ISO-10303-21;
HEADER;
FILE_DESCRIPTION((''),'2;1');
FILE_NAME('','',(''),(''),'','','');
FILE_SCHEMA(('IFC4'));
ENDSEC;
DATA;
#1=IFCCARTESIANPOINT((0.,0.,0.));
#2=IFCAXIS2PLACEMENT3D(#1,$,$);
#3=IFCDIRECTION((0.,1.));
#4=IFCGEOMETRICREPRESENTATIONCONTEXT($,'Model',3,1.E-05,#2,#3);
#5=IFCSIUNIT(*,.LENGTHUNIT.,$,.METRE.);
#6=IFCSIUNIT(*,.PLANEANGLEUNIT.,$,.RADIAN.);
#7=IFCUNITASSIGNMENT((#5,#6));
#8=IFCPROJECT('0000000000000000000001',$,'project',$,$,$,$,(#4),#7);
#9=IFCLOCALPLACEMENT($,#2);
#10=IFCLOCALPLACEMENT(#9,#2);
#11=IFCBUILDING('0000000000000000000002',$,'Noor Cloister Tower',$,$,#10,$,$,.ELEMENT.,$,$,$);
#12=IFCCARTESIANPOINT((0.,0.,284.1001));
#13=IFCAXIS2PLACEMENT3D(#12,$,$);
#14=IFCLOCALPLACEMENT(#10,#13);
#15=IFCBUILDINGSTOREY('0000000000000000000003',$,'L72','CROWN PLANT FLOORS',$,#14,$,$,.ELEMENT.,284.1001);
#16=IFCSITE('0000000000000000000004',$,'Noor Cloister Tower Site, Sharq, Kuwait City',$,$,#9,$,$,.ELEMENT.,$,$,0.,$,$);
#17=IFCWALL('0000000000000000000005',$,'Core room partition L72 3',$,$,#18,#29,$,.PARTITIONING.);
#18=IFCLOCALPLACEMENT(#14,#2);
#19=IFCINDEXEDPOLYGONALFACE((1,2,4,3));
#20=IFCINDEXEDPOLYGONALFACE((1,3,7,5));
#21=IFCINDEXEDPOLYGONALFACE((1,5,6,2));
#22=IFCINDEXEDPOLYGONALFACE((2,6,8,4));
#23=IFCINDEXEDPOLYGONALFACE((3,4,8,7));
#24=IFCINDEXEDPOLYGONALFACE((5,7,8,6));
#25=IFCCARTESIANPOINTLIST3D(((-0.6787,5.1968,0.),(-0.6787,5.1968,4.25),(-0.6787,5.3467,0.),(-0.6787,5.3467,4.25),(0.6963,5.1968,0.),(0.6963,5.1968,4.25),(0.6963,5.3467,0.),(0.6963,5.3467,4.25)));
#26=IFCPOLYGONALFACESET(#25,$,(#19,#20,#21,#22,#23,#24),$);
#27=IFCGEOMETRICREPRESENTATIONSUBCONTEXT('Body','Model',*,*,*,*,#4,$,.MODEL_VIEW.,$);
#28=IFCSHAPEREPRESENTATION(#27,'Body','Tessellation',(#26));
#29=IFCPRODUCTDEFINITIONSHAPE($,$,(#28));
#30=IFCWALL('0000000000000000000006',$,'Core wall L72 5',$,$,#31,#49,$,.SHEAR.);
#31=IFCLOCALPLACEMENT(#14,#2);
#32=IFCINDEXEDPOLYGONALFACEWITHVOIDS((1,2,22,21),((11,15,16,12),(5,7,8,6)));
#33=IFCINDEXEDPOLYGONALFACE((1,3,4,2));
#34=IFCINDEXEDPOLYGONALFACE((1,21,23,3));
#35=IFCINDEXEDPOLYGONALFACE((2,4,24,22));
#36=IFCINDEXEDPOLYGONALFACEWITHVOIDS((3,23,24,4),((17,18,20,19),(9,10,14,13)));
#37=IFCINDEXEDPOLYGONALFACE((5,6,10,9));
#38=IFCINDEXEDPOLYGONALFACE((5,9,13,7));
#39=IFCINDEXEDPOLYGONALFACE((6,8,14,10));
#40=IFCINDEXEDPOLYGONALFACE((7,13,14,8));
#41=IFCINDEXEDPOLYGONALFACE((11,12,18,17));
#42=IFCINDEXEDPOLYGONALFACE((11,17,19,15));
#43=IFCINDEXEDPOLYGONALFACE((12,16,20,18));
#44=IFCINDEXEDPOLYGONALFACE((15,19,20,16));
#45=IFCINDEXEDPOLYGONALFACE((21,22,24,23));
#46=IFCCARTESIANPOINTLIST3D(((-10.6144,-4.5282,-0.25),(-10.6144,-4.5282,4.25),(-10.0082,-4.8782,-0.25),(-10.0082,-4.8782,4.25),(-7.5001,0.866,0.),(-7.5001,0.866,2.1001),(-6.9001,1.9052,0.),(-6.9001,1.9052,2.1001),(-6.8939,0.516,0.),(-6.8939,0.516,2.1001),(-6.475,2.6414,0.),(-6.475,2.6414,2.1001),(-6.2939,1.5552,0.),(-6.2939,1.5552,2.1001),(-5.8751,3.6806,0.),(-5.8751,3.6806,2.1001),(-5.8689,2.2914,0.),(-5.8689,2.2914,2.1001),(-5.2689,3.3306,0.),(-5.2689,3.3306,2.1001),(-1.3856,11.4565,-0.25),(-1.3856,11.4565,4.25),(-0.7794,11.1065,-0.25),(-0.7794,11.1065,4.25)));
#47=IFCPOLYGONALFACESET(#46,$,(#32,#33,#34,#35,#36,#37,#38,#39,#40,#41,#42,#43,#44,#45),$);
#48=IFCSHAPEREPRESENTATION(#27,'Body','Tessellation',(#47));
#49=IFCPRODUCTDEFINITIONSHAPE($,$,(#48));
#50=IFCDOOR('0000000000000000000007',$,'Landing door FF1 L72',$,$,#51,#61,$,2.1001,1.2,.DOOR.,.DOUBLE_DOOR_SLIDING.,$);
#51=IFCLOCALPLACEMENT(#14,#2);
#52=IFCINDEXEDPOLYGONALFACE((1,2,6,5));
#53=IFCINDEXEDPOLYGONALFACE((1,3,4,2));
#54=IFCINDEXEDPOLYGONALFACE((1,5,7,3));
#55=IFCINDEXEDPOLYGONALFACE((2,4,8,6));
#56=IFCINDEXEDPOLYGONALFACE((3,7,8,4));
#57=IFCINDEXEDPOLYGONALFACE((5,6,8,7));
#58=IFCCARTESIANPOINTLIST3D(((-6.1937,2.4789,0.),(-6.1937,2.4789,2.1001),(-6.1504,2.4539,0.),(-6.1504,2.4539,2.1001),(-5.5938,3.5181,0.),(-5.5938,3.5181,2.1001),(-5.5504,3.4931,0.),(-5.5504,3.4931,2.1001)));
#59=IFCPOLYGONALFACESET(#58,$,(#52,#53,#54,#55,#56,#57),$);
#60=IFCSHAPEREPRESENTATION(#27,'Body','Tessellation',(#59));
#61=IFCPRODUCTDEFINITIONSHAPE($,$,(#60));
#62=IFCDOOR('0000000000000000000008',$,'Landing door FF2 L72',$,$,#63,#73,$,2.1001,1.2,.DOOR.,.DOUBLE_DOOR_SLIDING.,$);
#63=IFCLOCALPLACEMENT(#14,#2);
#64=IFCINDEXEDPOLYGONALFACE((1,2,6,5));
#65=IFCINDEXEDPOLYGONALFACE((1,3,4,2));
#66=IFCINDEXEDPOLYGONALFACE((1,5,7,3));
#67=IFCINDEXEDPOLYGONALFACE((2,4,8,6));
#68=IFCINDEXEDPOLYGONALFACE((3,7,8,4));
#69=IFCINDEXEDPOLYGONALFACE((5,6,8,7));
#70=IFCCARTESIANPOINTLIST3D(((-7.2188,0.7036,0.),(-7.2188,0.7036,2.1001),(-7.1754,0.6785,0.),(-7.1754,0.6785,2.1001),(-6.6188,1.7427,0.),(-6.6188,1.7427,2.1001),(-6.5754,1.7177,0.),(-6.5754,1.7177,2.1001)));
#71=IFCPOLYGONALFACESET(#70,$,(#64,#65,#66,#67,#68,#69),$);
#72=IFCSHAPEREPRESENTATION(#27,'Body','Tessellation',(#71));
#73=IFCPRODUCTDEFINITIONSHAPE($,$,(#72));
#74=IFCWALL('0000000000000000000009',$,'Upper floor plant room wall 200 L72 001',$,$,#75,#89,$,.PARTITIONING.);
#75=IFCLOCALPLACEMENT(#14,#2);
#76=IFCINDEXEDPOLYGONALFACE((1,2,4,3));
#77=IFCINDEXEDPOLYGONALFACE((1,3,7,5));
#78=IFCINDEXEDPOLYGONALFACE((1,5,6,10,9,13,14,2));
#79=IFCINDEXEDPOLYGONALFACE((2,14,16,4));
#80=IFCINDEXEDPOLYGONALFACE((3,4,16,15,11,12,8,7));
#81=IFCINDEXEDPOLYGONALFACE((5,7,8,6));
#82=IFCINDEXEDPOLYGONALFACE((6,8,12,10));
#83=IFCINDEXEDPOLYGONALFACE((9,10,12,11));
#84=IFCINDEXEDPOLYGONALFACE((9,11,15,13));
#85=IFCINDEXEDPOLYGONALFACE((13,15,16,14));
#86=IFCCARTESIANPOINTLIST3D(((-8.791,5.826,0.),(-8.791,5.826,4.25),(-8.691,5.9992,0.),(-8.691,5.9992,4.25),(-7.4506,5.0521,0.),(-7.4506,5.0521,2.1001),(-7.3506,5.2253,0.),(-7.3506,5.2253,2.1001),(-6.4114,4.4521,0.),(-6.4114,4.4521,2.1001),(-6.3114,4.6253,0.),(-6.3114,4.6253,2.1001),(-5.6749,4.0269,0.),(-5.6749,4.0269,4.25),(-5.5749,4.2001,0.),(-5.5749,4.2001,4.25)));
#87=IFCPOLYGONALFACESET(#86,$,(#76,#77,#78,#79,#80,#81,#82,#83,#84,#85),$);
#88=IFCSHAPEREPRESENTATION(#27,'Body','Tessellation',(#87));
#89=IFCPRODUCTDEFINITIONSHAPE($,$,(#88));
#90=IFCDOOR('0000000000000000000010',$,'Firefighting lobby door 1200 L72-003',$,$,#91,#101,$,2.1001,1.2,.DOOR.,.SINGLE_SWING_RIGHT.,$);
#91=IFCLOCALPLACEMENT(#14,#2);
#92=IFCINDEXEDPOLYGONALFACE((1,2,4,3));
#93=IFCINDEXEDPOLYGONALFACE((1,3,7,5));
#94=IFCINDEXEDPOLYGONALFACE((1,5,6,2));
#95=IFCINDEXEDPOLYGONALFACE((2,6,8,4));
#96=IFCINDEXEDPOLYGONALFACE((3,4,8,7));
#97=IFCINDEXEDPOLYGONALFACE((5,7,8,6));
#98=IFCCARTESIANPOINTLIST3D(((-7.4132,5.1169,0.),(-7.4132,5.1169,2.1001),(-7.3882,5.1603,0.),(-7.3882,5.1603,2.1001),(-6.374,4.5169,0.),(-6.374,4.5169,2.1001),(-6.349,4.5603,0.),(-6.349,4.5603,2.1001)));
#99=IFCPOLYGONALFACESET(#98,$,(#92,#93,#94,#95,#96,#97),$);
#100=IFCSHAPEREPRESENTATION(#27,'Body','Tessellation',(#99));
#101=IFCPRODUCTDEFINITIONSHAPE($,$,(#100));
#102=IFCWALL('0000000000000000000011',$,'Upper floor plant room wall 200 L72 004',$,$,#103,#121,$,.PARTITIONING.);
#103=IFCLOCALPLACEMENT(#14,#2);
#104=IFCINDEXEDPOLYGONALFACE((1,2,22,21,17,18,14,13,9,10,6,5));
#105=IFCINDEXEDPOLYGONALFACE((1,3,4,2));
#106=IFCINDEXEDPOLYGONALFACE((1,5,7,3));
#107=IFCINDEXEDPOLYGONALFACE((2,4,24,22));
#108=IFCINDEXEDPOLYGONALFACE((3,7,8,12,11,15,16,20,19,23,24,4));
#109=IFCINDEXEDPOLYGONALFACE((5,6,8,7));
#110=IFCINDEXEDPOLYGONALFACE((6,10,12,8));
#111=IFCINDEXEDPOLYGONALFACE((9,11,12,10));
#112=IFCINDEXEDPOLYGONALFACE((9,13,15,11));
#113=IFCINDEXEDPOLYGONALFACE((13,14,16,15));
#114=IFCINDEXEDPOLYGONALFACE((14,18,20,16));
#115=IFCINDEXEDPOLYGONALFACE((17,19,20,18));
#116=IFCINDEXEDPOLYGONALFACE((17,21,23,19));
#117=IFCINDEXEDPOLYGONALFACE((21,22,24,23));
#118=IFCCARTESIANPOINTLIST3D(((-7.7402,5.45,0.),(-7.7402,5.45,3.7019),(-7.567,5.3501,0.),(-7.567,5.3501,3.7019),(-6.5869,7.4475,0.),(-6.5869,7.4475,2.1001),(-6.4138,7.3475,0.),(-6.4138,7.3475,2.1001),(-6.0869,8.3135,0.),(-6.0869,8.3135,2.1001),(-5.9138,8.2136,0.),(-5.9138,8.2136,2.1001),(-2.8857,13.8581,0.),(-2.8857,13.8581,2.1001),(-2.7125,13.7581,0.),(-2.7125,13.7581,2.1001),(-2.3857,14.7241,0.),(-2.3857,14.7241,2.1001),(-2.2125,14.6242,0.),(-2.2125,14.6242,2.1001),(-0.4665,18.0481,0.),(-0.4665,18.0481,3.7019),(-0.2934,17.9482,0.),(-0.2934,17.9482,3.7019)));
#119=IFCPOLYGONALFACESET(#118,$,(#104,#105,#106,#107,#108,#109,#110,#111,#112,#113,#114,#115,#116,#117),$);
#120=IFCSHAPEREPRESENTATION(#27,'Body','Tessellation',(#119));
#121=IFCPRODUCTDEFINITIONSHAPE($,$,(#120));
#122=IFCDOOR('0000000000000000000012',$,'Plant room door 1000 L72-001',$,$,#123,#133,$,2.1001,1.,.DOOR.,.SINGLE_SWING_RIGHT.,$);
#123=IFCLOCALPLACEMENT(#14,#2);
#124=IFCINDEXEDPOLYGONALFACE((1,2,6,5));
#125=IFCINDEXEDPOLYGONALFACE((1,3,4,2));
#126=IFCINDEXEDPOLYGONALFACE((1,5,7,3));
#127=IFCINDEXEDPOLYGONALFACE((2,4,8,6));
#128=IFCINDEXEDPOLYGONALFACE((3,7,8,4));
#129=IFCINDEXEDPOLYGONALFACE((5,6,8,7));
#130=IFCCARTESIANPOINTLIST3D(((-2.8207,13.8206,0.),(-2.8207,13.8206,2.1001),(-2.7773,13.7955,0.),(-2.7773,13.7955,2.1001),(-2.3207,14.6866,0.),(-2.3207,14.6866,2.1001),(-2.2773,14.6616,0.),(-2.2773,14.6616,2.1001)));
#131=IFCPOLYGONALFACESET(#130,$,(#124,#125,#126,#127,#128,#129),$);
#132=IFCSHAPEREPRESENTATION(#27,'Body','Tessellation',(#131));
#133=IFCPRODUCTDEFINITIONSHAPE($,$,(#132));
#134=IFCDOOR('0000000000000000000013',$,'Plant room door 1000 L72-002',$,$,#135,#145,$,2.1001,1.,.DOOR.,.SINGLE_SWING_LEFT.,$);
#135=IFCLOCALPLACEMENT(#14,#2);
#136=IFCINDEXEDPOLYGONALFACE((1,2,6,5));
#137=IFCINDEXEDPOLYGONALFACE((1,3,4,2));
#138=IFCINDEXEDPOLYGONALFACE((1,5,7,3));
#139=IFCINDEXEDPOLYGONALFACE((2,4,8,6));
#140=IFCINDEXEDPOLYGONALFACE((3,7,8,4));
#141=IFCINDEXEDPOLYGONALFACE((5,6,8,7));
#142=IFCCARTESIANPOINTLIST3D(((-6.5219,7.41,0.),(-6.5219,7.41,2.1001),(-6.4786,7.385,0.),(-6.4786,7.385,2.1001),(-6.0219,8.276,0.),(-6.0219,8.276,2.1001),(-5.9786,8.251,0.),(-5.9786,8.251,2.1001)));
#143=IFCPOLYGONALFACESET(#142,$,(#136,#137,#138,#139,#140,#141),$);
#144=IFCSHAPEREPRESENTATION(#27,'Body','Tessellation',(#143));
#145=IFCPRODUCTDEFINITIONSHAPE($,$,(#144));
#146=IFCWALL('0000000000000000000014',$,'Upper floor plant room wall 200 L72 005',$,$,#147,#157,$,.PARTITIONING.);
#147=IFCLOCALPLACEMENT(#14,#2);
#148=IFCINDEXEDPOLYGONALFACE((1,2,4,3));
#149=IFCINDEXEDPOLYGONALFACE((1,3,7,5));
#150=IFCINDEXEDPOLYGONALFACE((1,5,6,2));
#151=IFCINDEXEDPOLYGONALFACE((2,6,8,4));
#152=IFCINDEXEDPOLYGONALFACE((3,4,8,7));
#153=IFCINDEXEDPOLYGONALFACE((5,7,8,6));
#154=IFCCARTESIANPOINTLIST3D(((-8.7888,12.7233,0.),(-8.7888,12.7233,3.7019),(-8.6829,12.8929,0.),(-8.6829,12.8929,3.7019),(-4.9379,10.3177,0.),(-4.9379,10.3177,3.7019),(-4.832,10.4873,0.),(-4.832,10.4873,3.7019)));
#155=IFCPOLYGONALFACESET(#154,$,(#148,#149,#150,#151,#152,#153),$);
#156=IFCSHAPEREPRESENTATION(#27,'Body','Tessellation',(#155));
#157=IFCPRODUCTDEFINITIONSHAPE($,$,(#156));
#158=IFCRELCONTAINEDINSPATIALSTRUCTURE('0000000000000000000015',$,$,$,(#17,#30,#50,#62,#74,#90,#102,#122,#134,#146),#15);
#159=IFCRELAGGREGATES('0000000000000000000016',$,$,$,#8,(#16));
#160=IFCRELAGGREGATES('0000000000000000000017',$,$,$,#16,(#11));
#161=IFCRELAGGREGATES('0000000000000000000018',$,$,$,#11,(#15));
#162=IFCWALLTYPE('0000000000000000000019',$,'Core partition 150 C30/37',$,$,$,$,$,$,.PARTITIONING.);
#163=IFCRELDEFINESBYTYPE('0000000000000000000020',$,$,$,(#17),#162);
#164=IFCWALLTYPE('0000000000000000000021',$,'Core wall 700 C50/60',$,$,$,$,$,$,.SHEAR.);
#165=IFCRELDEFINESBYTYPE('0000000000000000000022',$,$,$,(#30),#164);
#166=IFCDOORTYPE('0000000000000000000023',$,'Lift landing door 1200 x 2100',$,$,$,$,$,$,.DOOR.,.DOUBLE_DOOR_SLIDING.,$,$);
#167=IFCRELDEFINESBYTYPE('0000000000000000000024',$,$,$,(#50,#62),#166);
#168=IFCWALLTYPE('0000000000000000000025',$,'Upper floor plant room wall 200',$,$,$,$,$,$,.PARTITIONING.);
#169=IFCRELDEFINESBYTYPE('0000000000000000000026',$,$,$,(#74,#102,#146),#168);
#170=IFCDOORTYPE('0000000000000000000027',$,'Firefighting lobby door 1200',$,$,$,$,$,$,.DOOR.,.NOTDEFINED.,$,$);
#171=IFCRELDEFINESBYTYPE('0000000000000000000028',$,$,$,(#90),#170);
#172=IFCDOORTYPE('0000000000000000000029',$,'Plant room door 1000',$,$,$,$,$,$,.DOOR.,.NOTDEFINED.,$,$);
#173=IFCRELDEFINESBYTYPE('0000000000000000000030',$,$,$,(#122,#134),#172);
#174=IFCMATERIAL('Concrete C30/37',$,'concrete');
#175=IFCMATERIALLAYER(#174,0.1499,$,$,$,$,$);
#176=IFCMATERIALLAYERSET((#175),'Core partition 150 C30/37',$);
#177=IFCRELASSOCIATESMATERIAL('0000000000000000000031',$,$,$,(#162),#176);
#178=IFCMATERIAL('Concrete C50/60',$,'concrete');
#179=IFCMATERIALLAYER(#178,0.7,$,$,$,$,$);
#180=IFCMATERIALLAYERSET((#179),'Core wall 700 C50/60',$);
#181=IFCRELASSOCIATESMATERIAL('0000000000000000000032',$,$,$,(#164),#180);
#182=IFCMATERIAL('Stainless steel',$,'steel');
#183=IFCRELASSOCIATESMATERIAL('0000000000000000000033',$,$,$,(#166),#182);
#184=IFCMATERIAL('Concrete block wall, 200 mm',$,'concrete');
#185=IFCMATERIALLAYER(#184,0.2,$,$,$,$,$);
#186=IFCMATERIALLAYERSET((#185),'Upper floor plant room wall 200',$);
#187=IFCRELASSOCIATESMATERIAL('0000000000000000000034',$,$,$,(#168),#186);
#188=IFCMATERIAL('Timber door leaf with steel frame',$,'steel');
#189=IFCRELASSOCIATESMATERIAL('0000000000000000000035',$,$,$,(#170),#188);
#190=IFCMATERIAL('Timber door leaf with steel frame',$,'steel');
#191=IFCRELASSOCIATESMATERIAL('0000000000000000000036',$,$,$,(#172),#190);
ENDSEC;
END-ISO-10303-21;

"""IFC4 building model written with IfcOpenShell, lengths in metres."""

from ifc_helpers import new_model, si_unit, direction, frame, frame_2d, origin, place, context, subcontext, project, spatial, rectangle, extrude, material, layer, layer_set, type_object, element, fill, save


model = new_model("IFC4")

# Units and contexts
model_context = context("Model", 3, precision=1e-05, world=origin(), true_north=direction((0.0, 1.0)))
body_context = subcontext(model_context, "Body", "Model", "MODEL_VIEW")
ifc_project = project(units=[si_unit("LENGTHUNIT", "METRE"), si_unit("PLANEANGLEUNIT", "RADIAN")], contexts=[model_context])

# Site, building, storey
site_placement = place(None, origin())
site = spatial("IfcSite", under=ifc_project, at=site_placement, Name="Noor Cloister Tower Site, Sharq, Kuwait City", CompositionType="ELEMENT", RefElevation=0.0)
building_placement = place(site_placement, origin())
building = spatial("IfcBuilding", under=site, at=building_placement, Name="Noor Cloister Tower", CompositionType="ELEMENT")
storey_placement = place(building_placement, frame((0.0, 0.0, 284.1001)))
storey = spatial("IfcBuildingStorey", under=building, at=storey_placement, Name="L72", Description="CROWN PLANT FLOORS", CompositionType="ELEMENT", Elevation=284.1001)

# Shared definitions
ifc_material_1 = material(Name="Concrete C30/37", Category="concrete")
ifc_layer_1 = layer(ifc_material_1, 0.1499)
ifc_layer_set_1 = layer_set([ifc_layer_1], Name="Core partition 150 C30/37")
wall_type_1 = type_object("IfcWallType", Name="Core partition 150 C30/37", PredefinedType="PARTITIONING", material=ifc_layer_set_1)

# Wall
wall_1_placement = place(storey_placement, frame((-0.6787, 5.2717, 0.0), z_axis=(0.0, 0.0, 1.0), x_axis=(1.0, 0.0, 0.0)))
element("IfcWall", 1, at=wall_1_placement, inside=storey, type_object=wall_type_1, Name="Core room partition L72 3", PredefinedType="PARTITIONING", context=body_context, shape_type="SweptSolid", body=[
    extrude(rectangle(XDim=1.375, YDim=0.1499, at=frame_2d((0.6875, 0.0))), origin(), (0.0, 0.0, 1.0), 4.25),
])

# Wall, openings, doors
ifc_material_2 = material(Name="Concrete C50/60", Category="concrete")
ifc_layer_2 = layer(ifc_material_2, 0.7)
ifc_layer_set_2 = layer_set([ifc_layer_2], Name="Core wall 700 C50/60")
wall_type_2 = type_object("IfcWallType", Name="Core wall 700 C50/60", PredefinedType="SHEAR", material=ifc_layer_set_2)
wall_2_placement = place(storey_placement, frame((-1.0825, 11.2815, -0.25), z_axis=(0.0, 0.0, 1.0), x_axis=(-0.500001, -0.866025, 0.0)))
wall_2 = element("IfcWall", 2, at=wall_2_placement, inside=storey, type_object=wall_type_2, Name="Core wall L72 5", PredefinedType="SHEAR", context=body_context, shape_type="SweptSolid", body=[
    extrude(rectangle(XDim=18.4575, YDim=0.7, at=frame_2d((9.2288, 0.0))), origin(), (0.0, 0.0, 1.0), 4.5),
])
opening_1_placement = place(wall_2_placement, frame((8.9788, 0.0, 0.25)))
opening_1 = element("IfcOpeningElement", 3, at=opening_1_placement, cuts=wall_2, PredefinedType="OPENING", context=body_context, shape_type="SweptSolid", body=[
    extrude(rectangle(XDim=1.2, YDim=2.1001, at=frame_2d((0.6001, 1.05))), frame((0.0, 0.3599, 0.0), z_axis=(0.0, -1.0, 0.0), x_axis=(1.0, 0.0, 0.0)), (0.0, 0.0, 1.0), 0.72),
])
opening_2_placement = place(wall_2_placement, frame((11.0288, 0.0, 0.25)))
opening_2 = element("IfcOpeningElement", 4, at=opening_2_placement, cuts=wall_2, PredefinedType="OPENING", context=body_context, shape_type="SweptSolid", body=[
    extrude(rectangle(XDim=1.2, YDim=2.1001, at=frame_2d((0.6001, 1.05))), frame((0.0, 0.3599, 0.0), z_axis=(0.0, -1.0, 0.0), x_axis=(1.0, 0.0, 0.0)), (0.0, 0.0, 1.0), 0.72),
])
ifc_material_3 = material(Name="Stainless steel", Category="steel")
door_type_1 = type_object("IfcDoorType", Name="Lift landing door 1200 x 2100", OperationType="DOUBLE_DOOR_SLIDING", PredefinedType="DOOR", material=ifc_material_3)
door_1_placement = place(opening_1_placement, origin())
door_1 = element("IfcDoor", 5, at=door_1_placement, inside=storey, type_object=door_type_1, Name="Landing door FF1 L72", OperationType="DOUBLE_DOOR_SLIDING", OverallHeight=2.1001, OverallWidth=1.2, PredefinedType="DOOR", context=body_context, shape_type="SweptSolid", body=[
    extrude(rectangle(XDim=1.2, YDim=2.1001, at=frame_2d((0.6001, 1.05))), frame((0.0, 0.0249, 0.0), z_axis=(0.0, -1.0, 0.0), x_axis=(1.0, 0.0, 0.0)), (0.0, 0.0, 1.0), 0.05),
])
fill(opening_1, door_1)
door_2_placement = place(opening_2_placement, origin())
door_2 = element("IfcDoor", 6, at=door_2_placement, inside=storey, type_object=door_type_1, Name="Landing door FF2 L72", OperationType="DOUBLE_DOOR_SLIDING", OverallHeight=2.1001, OverallWidth=1.2, PredefinedType="DOOR", context=body_context, shape_type="SweptSolid", body=[
    extrude(rectangle(XDim=1.2, YDim=2.1001, at=frame_2d((0.6001, 1.05))), frame((0.0, 0.0249, 0.0), z_axis=(0.0, -1.0, 0.0), x_axis=(1.0, 0.0, 0.0)), (0.0, 0.0, 1.0), 0.05),
])
fill(opening_2, door_2)

# Wall, opening, door
ifc_material_4 = material(Name="Concrete block wall, 200 mm", Category="concrete")
ifc_layer_3 = layer(ifc_material_4, 0.2)
ifc_layer_set_3 = layer_set([ifc_layer_3], Name="Upper floor plant room wall 200")
wall_type_3 = type_object("IfcWallType", Name="Upper floor plant room wall 200", PredefinedType="PARTITIONING", material=ifc_layer_set_3)
wall_3_placement = place(storey_placement, frame((-8.741, 5.9126, 0.0), z_axis=(0.0, 0.0, 1.0), x_axis=(0.866017, -0.500014, 0.0)))
wall_3 = element("IfcWall", 7, at=wall_3_placement, inside=storey, type_object=wall_type_3, Name="Upper floor plant room wall 200 L72 001", PredefinedType="PARTITIONING", context=body_context, shape_type="SweptSolid", body=[
    extrude(rectangle(XDim=3.5981, YDim=0.2, at=frame_2d((1.7991, 0.0))), origin(), (0.0, 0.0, 1.0), 4.25),
])
opening_3_placement = place(wall_3_placement, frame((1.5476, 0.0, 0.0)))
opening_3 = element("IfcOpeningElement", 8, at=opening_3_placement, cuts=wall_3, PredefinedType="OPENING", context=body_context, shape_type="SweptSolid", body=[
    extrude(rectangle(XDim=1.2, YDim=2.1001, at=frame_2d((0.6001, 1.05))), frame((0.0, 0.1099, 0.0), z_axis=(0.0, -1.0, 0.0), x_axis=(1.0, 0.0, 0.0)), (0.0, 0.0, 1.0), 0.22),
])
ifc_material_5 = material(Name="Timber door leaf with steel frame", Category="steel")
door_type_2 = type_object("IfcDoorType", Name="Firefighting lobby door 1200", OperationType="NOTDEFINED", PredefinedType="DOOR", material=ifc_material_5)
door_3_placement = place(opening_3_placement, origin())
door_3 = element("IfcDoor", 9, at=door_3_placement, inside=storey, type_object=door_type_2, Name="Firefighting lobby door 1200 L72-003", OperationType="SINGLE_SWING_RIGHT", OverallHeight=2.1001, OverallWidth=1.2, PredefinedType="DOOR", context=body_context, shape_type="SweptSolid", body=[
    extrude(rectangle(XDim=1.2, YDim=2.1001, at=frame_2d((0.6001, 1.05))), frame((0.0, 0.0249, 0.0), z_axis=(0.0, -1.0, 0.0), x_axis=(1.0, 0.0, 0.0)), (0.0, 0.0, 1.0), 0.05),
])
fill(opening_3, door_3)

# Wall, openings, doors
wall_4_placement = place(storey_placement, frame((-7.6536, 5.4001, 0.0), z_axis=(0.0, 0.0, 1.0), x_axis=(0.500007, 0.866021, 0.0)))
wall_4 = element("IfcWall", 10, at=wall_4_placement, inside=storey, type_object=wall_type_3, Name="Upper floor plant room wall 200 L72 004", PredefinedType="PARTITIONING", context=body_context, shape_type="SweptSolid", body=[
    extrude(rectangle(XDim=14.5471, YDim=0.2, at=frame_2d((7.2734, 0.0))), origin(), (0.0, 0.0, 1.0), 3.7019),
])
opening_4_placement = place(wall_4_placement, frame((9.7087, 0.0, 0.0)))
opening_4 = element("IfcOpeningElement", 11, at=opening_4_placement, cuts=wall_4, PredefinedType="OPENING", context=body_context, shape_type="SweptSolid", body=[
    extrude(rectangle(XDim=1.0, YDim=2.1001, at=frame_2d((0.5, 1.05))), frame((0.0, 0.1099, 0.0), z_axis=(0.0, -1.0, 0.0), x_axis=(1.0, 0.0, 0.0)), (0.0, 0.0, 1.0), 0.22),
])
opening_5_placement = place(wall_4_placement, frame((2.3064, 0.0, 0.0)))
opening_5 = element("IfcOpeningElement", 12, at=opening_5_placement, cuts=wall_4, PredefinedType="OPENING", context=body_context, shape_type="SweptSolid", body=[
    extrude(rectangle(XDim=1.0, YDim=2.1001, at=frame_2d((0.5, 1.05))), frame((0.0, 0.1099, 0.0), z_axis=(0.0, -1.0, 0.0), x_axis=(1.0, 0.0, 0.0)), (0.0, 0.0, 1.0), 0.22),
])
ifc_material_6 = material(Name="Timber door leaf with steel frame", Category="steel")
door_type_3 = type_object("IfcDoorType", Name="Plant room door 1000", OperationType="NOTDEFINED", PredefinedType="DOOR", material=ifc_material_6)
door_4_placement = place(opening_4_placement, origin())
door_4 = element("IfcDoor", 13, at=door_4_placement, inside=storey, type_object=door_type_3, Name="Plant room door 1000 L72-001", OperationType="SINGLE_SWING_RIGHT", OverallHeight=2.1001, OverallWidth=1.0, PredefinedType="DOOR", context=body_context, shape_type="SweptSolid", body=[
    extrude(rectangle(XDim=1.0, YDim=2.1001, at=frame_2d((0.5, 1.05))), frame((0.0, 0.0249, 0.0), z_axis=(0.0, -1.0, 0.0), x_axis=(1.0, 0.0, 0.0)), (0.0, 0.0, 1.0), 0.05),
])
fill(opening_4, door_4)
door_5_placement = place(opening_5_placement, origin())
door_5 = element("IfcDoor", 14, at=door_5_placement, inside=storey, type_object=door_type_3, Name="Plant room door 1000 L72-002", OperationType="SINGLE_SWING_LEFT", OverallHeight=2.1001, OverallWidth=1.0, PredefinedType="DOOR", context=body_context, shape_type="SweptSolid", body=[
    extrude(rectangle(XDim=1.0, YDim=2.1001, at=frame_2d((0.5, 1.05))), frame((0.0, 0.0249, 0.0), z_axis=(0.0, -1.0, 0.0), x_axis=(1.0, 0.0, 0.0)), (0.0, 0.0, 1.0), 0.05),
])
fill(opening_5, door_5)

# Wall
wall_5_placement = place(storey_placement, frame((-8.7358, 12.8081, 0.0), z_axis=(0.0, 0.0, 1.0), x_axis=(0.848122, -0.529801, 0.0)))
element("IfcWall", 15, at=wall_5_placement, inside=storey, type_object=wall_type_3, Name="Upper floor plant room wall 200 L72 005", PredefinedType="PARTITIONING", context=body_context, shape_type="SweptSolid", body=[
    extrude(rectangle(XDim=4.5405, YDim=0.2, at=frame_2d((2.2703, 0.0))), origin(), (0.0, 0.0, 1.0), 3.7019),
])

save(model, "model.ifc")
